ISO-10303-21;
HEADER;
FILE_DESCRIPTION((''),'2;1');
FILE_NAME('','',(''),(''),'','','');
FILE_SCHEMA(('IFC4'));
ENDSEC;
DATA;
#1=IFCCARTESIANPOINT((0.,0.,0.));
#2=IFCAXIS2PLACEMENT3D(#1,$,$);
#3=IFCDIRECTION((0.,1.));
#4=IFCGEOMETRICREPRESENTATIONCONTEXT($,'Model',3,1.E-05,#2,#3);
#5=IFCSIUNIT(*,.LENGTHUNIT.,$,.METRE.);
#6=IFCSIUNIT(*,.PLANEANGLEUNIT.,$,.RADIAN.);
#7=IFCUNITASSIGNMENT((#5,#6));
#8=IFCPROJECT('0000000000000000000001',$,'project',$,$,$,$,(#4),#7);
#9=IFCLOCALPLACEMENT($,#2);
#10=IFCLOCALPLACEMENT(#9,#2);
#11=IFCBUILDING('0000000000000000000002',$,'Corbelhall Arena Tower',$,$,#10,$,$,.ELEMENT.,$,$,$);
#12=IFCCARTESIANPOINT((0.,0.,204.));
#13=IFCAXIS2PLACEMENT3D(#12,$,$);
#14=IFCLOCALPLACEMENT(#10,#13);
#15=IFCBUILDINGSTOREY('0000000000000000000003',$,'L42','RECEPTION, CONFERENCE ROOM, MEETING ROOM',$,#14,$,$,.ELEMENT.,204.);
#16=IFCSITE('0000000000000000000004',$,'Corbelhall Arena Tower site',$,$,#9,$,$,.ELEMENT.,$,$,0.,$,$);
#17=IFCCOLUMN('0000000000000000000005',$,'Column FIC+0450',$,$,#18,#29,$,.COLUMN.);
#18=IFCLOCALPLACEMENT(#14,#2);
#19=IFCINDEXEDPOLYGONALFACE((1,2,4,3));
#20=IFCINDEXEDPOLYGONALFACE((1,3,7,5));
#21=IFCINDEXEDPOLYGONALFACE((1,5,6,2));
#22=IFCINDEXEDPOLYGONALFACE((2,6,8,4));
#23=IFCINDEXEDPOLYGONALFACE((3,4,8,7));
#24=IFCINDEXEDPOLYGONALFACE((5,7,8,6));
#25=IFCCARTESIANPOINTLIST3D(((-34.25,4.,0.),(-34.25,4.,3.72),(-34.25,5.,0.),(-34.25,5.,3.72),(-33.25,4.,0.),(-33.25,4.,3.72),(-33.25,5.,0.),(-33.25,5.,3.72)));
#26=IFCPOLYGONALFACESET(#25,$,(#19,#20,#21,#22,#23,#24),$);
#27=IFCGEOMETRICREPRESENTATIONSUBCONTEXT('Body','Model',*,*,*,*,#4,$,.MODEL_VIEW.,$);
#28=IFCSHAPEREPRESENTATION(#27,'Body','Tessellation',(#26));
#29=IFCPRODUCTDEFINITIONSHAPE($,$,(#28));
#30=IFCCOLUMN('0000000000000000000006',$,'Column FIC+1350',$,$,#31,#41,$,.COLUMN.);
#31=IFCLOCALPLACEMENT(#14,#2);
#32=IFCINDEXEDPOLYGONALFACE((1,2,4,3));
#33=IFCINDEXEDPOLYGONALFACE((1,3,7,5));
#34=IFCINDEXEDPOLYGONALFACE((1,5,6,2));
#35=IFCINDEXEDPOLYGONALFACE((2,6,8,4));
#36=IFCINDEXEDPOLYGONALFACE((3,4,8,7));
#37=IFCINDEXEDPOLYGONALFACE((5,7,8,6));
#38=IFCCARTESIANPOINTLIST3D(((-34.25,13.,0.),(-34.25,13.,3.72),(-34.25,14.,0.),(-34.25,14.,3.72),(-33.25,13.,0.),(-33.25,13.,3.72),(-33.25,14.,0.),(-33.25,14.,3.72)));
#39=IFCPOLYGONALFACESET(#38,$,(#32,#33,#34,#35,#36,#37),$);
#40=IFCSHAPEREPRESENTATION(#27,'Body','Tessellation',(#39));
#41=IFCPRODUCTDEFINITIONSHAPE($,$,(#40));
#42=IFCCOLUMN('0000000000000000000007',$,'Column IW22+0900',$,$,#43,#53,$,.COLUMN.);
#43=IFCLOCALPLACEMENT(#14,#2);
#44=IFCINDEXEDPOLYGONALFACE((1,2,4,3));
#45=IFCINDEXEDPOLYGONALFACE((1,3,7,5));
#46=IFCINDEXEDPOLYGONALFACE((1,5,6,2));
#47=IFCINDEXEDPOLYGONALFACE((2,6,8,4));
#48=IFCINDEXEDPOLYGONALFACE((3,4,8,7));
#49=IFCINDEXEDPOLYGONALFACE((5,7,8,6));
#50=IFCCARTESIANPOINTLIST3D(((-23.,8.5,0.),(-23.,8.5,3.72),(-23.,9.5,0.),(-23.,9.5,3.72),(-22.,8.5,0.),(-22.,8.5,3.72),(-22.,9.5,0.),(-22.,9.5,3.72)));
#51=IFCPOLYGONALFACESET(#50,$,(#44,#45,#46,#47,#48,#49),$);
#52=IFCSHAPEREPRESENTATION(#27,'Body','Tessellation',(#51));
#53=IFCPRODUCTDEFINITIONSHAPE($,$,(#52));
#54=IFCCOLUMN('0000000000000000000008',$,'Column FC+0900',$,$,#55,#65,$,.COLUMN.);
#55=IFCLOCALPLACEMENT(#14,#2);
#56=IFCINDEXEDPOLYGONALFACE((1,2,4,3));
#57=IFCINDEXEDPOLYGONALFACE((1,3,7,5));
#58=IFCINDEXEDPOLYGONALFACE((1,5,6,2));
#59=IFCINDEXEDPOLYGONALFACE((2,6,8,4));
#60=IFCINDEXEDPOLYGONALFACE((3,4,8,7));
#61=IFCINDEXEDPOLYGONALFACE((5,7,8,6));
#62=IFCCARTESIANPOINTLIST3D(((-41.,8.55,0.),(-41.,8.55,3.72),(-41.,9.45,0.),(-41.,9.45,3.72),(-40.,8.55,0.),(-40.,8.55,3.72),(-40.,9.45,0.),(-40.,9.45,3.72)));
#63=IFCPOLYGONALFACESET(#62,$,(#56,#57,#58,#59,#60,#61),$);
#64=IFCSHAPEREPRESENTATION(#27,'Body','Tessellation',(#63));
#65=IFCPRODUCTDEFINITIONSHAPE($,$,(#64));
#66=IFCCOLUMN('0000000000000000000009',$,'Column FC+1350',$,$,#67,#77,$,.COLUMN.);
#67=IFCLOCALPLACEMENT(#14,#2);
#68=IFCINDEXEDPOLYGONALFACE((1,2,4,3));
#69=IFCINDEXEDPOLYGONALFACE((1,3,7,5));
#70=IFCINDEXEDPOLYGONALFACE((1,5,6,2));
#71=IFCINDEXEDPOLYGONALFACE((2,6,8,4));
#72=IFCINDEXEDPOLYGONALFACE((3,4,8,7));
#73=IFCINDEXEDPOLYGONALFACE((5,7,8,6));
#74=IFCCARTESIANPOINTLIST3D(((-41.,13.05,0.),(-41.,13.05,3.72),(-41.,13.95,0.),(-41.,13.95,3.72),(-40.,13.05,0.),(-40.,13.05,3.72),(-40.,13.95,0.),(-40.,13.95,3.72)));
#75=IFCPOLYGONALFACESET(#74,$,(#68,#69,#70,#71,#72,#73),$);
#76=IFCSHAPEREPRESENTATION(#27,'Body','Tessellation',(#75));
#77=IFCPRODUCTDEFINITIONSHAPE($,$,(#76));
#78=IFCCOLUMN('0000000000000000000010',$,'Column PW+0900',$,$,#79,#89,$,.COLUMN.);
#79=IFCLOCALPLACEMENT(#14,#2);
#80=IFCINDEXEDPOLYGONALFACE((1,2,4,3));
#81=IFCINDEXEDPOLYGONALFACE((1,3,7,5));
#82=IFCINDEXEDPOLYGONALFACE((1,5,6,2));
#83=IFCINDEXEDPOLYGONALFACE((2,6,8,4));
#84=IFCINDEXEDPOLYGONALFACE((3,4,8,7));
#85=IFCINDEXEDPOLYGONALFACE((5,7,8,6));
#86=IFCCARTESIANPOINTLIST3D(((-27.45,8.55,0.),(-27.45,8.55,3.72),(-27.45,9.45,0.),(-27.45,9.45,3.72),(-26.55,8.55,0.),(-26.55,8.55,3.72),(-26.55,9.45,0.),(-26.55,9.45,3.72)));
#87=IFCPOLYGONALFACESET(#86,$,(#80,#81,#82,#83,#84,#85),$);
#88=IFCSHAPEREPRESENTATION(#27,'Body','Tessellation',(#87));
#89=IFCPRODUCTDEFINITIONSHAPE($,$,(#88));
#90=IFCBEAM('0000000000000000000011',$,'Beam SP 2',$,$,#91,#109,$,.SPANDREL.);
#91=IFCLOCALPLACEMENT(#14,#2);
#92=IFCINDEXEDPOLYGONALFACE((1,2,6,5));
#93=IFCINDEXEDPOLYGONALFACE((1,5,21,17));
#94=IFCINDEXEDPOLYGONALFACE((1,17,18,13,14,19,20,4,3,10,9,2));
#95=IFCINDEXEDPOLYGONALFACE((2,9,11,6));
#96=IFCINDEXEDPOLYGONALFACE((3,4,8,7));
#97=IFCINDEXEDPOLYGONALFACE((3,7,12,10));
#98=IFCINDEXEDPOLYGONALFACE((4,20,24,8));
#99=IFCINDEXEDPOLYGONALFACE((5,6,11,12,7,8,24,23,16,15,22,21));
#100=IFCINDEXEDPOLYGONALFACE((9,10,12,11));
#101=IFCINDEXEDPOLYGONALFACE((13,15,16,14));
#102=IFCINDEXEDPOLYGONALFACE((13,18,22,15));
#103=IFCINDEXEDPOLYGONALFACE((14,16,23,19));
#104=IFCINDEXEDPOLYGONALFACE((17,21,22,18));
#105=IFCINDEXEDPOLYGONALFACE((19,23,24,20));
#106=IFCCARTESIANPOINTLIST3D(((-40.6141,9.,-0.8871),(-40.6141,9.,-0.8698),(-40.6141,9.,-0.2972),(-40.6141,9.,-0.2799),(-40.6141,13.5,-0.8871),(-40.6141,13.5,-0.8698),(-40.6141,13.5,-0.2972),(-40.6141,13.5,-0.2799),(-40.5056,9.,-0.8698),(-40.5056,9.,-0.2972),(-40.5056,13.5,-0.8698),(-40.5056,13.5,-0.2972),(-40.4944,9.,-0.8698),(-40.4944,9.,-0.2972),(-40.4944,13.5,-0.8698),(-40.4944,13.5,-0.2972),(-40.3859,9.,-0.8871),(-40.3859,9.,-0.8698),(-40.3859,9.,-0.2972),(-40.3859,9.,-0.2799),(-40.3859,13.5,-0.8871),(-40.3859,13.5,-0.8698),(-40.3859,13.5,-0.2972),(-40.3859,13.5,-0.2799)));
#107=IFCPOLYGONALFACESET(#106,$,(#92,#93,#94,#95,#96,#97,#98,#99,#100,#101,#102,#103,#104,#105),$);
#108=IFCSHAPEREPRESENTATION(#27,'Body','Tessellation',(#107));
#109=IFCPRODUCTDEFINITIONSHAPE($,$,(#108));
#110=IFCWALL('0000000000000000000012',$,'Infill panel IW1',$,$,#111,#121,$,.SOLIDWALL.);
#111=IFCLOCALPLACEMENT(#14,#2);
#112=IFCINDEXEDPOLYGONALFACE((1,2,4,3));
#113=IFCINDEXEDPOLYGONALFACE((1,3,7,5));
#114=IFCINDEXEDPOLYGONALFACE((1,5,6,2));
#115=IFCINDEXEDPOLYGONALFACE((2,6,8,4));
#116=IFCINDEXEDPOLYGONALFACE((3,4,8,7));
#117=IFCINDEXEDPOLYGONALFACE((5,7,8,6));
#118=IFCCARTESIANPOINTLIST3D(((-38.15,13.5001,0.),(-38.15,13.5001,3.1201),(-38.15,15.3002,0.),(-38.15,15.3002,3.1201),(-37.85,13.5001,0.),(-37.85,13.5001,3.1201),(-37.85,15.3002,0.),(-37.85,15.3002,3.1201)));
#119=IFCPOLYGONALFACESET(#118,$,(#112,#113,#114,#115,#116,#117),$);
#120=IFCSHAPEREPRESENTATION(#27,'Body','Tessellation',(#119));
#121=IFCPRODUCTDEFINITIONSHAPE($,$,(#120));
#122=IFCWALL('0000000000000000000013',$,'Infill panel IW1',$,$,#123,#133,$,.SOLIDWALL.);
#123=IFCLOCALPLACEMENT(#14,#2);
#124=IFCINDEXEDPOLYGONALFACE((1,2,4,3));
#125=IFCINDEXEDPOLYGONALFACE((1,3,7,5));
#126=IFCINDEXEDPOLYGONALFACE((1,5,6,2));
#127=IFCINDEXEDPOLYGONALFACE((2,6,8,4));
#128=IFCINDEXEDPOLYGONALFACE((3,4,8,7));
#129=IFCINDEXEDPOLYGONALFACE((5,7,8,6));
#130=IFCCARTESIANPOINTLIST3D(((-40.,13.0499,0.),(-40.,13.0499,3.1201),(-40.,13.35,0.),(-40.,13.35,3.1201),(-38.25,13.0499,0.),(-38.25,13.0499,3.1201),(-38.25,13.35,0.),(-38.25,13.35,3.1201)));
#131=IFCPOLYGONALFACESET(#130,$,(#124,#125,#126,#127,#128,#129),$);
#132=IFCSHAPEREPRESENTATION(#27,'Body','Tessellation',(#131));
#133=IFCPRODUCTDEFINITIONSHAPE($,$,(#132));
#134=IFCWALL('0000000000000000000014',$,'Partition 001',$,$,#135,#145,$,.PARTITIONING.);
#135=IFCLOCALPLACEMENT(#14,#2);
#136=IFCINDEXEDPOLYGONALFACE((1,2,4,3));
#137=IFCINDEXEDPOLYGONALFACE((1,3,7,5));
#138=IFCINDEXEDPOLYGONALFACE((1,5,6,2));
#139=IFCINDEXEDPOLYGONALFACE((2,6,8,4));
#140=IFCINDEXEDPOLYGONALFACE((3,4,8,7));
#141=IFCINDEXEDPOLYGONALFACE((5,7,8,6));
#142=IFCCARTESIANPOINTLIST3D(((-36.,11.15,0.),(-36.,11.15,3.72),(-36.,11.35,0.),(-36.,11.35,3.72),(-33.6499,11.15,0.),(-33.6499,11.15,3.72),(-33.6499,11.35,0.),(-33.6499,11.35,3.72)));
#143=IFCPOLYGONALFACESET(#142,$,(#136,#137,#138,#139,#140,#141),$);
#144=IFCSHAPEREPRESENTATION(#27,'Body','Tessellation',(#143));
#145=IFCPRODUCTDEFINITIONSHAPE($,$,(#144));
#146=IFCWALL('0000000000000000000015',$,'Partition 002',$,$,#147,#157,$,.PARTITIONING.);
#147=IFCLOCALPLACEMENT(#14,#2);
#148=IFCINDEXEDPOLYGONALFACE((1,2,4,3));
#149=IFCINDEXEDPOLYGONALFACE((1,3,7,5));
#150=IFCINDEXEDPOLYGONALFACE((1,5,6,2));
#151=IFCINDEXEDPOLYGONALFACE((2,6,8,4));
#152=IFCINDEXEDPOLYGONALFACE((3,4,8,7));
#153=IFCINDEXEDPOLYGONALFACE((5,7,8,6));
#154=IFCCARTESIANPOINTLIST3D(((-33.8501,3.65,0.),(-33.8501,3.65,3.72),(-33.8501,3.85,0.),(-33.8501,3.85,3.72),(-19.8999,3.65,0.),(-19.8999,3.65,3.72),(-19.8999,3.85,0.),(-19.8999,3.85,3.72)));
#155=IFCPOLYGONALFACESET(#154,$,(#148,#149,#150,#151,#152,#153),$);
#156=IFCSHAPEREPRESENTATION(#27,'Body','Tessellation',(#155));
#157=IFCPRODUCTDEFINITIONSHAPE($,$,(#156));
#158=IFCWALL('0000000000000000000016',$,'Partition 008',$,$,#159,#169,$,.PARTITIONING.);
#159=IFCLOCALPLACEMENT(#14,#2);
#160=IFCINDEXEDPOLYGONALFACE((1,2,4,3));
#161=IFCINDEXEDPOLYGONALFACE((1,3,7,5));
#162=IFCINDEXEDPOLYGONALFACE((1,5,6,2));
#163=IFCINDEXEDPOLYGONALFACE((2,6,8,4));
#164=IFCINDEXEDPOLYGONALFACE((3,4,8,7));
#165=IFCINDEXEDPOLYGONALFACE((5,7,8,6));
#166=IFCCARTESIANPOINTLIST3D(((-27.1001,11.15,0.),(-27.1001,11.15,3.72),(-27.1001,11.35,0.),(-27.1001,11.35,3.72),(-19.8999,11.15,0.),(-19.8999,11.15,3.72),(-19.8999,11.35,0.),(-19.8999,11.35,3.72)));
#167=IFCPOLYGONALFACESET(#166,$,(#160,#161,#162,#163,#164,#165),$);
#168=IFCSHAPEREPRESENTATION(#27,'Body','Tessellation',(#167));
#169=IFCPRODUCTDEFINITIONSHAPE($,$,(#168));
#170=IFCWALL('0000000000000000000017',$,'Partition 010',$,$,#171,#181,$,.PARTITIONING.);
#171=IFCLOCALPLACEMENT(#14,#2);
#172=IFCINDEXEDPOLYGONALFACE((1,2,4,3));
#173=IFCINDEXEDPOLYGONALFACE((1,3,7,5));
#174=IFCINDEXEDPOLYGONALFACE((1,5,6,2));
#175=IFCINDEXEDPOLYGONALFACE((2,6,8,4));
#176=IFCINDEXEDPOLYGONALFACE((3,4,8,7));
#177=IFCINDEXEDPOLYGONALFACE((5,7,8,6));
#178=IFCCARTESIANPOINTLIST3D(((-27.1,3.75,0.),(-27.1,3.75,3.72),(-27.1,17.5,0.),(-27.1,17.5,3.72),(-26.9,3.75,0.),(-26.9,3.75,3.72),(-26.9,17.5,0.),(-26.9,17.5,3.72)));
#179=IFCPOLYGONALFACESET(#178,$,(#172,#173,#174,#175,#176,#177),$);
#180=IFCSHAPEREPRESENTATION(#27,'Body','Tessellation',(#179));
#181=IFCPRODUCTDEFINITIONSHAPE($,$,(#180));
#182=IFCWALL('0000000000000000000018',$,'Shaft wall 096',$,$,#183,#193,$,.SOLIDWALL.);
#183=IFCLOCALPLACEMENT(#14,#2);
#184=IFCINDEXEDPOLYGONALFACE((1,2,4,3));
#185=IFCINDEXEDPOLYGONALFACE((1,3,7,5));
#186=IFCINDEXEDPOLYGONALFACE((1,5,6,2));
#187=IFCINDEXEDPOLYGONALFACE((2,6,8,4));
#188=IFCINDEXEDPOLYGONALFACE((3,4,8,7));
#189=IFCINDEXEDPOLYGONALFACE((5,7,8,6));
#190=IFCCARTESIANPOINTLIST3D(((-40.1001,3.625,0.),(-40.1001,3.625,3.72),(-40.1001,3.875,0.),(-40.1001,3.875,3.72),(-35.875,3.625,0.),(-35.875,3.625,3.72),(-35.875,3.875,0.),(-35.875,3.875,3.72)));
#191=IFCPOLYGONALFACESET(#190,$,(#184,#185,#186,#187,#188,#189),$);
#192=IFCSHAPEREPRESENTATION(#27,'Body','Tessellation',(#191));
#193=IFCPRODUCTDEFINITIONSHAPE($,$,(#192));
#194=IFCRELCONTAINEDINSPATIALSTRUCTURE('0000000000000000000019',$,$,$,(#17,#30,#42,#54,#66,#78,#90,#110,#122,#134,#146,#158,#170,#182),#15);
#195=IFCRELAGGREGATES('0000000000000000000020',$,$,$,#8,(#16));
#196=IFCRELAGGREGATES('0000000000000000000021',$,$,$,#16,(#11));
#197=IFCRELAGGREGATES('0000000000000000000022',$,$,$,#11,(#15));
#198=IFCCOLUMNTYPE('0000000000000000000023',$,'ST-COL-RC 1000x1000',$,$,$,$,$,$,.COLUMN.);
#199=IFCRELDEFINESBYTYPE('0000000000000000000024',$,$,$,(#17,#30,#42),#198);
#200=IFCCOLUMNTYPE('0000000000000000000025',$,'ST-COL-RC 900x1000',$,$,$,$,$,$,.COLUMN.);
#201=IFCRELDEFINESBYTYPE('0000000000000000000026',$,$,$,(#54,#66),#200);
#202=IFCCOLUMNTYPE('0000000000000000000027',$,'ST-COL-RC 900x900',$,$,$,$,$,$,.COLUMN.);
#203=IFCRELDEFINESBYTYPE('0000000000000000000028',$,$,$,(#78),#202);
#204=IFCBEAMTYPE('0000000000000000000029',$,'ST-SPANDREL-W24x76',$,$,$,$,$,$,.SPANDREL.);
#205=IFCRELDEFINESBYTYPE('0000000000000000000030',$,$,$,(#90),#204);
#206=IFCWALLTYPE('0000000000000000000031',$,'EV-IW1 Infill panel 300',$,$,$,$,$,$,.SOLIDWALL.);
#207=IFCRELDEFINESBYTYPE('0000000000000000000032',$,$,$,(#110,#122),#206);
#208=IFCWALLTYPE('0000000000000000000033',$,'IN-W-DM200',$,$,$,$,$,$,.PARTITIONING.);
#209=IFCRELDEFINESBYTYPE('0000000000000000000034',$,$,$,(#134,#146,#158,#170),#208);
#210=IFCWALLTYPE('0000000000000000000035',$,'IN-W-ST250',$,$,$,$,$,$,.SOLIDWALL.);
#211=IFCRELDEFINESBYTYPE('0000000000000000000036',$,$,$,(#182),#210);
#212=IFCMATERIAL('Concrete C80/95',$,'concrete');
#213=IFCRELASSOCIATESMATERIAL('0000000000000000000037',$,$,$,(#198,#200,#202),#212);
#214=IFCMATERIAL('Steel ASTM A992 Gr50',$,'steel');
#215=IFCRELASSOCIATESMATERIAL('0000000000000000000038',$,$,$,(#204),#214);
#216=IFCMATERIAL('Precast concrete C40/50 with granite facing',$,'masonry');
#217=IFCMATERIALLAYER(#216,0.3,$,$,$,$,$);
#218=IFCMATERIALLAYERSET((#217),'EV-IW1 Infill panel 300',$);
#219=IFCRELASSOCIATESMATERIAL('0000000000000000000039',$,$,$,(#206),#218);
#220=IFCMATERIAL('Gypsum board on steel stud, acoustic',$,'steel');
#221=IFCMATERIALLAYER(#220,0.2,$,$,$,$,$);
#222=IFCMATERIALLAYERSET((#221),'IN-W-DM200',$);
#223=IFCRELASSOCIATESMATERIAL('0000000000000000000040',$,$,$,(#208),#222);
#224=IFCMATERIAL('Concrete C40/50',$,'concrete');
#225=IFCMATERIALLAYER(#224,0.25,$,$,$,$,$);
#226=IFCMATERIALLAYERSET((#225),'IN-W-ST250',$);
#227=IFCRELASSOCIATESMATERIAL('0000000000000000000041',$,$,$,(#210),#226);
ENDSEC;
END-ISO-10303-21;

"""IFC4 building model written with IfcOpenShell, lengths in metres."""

from ifc_helpers import new_model, si_unit, direction, frame, frame_2d, origin, origin_2d, place, context, subcontext, project, spatial, rectangle, i_section, extrude, material, layer, layer_set, material_profile, profile_set, type_object, element, save


model = new_model("IFC4")

# Units and contexts
model_context = context("Model", 3, precision=1e-05, world=origin(), true_north=direction((0.0, 1.0)))
body_context = subcontext(model_context, "Body", "Model", "MODEL_VIEW")
ifc_project = project(units=[si_unit("LENGTHUNIT", "METRE"), si_unit("PLANEANGLEUNIT", "RADIAN")], contexts=[model_context])

# Site, building, storey
site_placement = place(None, origin())
site = spatial("IfcSite", under=ifc_project, at=site_placement, Name="Corbelhall Arena Tower site", CompositionType="ELEMENT", RefElevation=0.0)
building_placement = place(site_placement, origin())
building = spatial("IfcBuilding", under=site, at=building_placement, Name="Corbelhall Arena Tower", CompositionType="ELEMENT")
storey_placement = place(building_placement, frame((0.0, 0.0, 204.0)))
storey = spatial("IfcBuildingStorey", under=building, at=storey_placement, Name="L42", Description="RECEPTION, CONFERENCE ROOM, MEETING ROOM", CompositionType="ELEMENT", Elevation=204.0)

# Columns
ifc_material_1 = material(Name="Concrete C80/95", Category="concrete")
ifc_material_profile_1 = material_profile(ifc_material_1, rectangle(XDim=1.0, YDim=1.0, at=origin_2d()))
ifc_profile_set_1 = profile_set([ifc_material_profile_1], Name="Concrete C80/95")
column_type_1 = type_object("IfcColumnType", Name="ST-COL-RC 1000x1000", PredefinedType="COLUMN", material=ifc_profile_set_1)
for number, where, z_axis, x_axis, name in (
    (1, (-33.75, 4.5, 0.0), (0.0, 0.0, 1.0), (1.0, 0.0, 0.0), "Column FIC+0450"),
    (2, (-33.75, 13.5, 0.0), (0.0, 0.0, 1.0), (1.0, 0.0, 0.0), "Column FIC+1350"),
    (3, (-22.5, 9.0, 0.0), (0.0, 0.0, 1.0), (1.0, 0.0, 0.0), "Column IW22+0900"),
):
    element("IfcColumn", number, at=place(storey_placement, frame(where, z_axis=z_axis, x_axis=x_axis)), inside=storey, type_object=column_type_1, Name=name, PredefinedType="COLUMN", context=body_context, shape_type="SweptSolid", body=[
        extrude(rectangle(XDim=1.0, YDim=1.0, at=origin_2d()), origin(), (0.0, 0.0, 1.0), 3.72),
    ])
ifc_material_profile_2 = material_profile(ifc_material_1, rectangle(XDim=0.8999, YDim=1.0, at=origin_2d()))
ifc_profile_set_2 = profile_set([ifc_material_profile_2], Name="Concrete C80/95")
column_type_2 = type_object("IfcColumnType", Name="ST-COL-RC 900x1000", PredefinedType="COLUMN", material=ifc_profile_set_2)
for number, where, z_axis, x_axis, name in (
    (4, (-40.5, 9.0, 0.0), (0.0, 0.0, 1.0), (0.0, 1.0, 0.0), "Column FC+0900"),
    (5, (-40.5, 13.5, 0.0), (0.0, 0.0, 1.0), (0.0, 1.0, 0.0), "Column FC+1350"),
):
    element("IfcColumn", number, at=place(storey_placement, frame(where, z_axis=z_axis, x_axis=x_axis)), inside=storey, type_object=column_type_2, Name=name, PredefinedType="COLUMN", context=body_context, shape_type="SweptSolid", body=[
        extrude(rectangle(XDim=0.8999, YDim=1.0, at=origin_2d()), origin(), (0.0, 0.0, 1.0), 3.72),
    ])
ifc_material_profile_3 = material_profile(ifc_material_1, rectangle(XDim=0.8999, YDim=0.8999, at=origin_2d()))
ifc_profile_set_3 = profile_set([ifc_material_profile_3], Name="Concrete C80/95")
column_type_3 = type_object("IfcColumnType", Name="ST-COL-RC 900x900", PredefinedType="COLUMN", material=ifc_profile_set_3)
column_placement = place(storey_placement, frame((-27.0, 9.0, 0.0), z_axis=(0.0, 0.0, 1.0), x_axis=(1.0, 0.0, 0.0)))
element("IfcColumn", 6, at=column_placement, inside=storey, type_object=column_type_3, Name="Column PW+0900", PredefinedType="COLUMN", context=body_context, shape_type="SweptSolid", body=[
    extrude(rectangle(XDim=0.8999, YDim=0.8999, at=origin_2d()), origin(), (0.0, 0.0, 1.0), 3.72),
])

# Beam
ifc_material_2 = material(Name="Steel ASTM A992 Gr50", Category="steel")
ifc_material_profile_4 = material_profile(ifc_material_2, i_section(OverallWidth=0.2283, OverallDepth=0.6072, WebThickness=0.0112, FlangeThickness=0.0173, at=origin_2d()))
ifc_profile_set_4 = profile_set([ifc_material_profile_4], Name="Steel ASTM A992 Gr50")
beam_type = type_object("IfcBeamType", Name="ST-SPANDREL-W24x76", PredefinedType="SPANDREL", material=ifc_profile_set_4)
beam_placement = place(storey_placement, frame((-40.5, 9.0, -0.5835), z_axis=(0.0, 1.0, 0.0), x_axis=(-1.0, 0.0, 0.0)))
element("IfcBeam", 7, at=beam_placement, inside=storey, type_object=beam_type, Name="Beam SP 2", PredefinedType="SPANDREL", context=body_context, shape_type="SweptSolid", body=[
    extrude(i_section(OverallWidth=0.2283, OverallDepth=0.6072, WebThickness=0.0112, FlangeThickness=0.0173, at=origin_2d()), origin(), (0.0, 0.0, 1.0), 4.5),
])

# Walls
ifc_material_3 = material(Name="Precast concrete C40/50 with granite facing", Category="masonry")
ifc_layer_1 = layer(ifc_material_3, 0.3)
ifc_layer_set_1 = layer_set([ifc_layer_1], Name="EV-IW1 Infill panel 300")
wall_type_1 = type_object("IfcWallType", Name="EV-IW1 Infill panel 300", PredefinedType="SOLIDWALL", material=ifc_layer_set_1)
wall_1_placement = place(storey_placement, frame((-38.0, 15.3, 0.0), z_axis=(0.0, 0.0, 1.0), x_axis=(0.0, -1.0, 0.0)))
element("IfcWall", 8, at=wall_1_placement, inside=storey, type_object=wall_type_1, Name="Infill panel IW1", PredefinedType="SOLIDWALL", context=body_context, shape_type="SweptSolid", body=[
    extrude(rectangle(XDim=1.8, YDim=0.3, at=frame_2d((0.8999, 0.0))), origin(), (0.0, 0.0, 1.0), 3.1201),
])
wall_2_placement = place(storey_placement, frame((-40.0, 13.2, 0.0), z_axis=(0.0, 0.0, 1.0), x_axis=(1.0, 0.0, 0.0)))
element("IfcWall", 9, at=wall_2_placement, inside=storey, type_object=wall_type_1, Name="Infill panel IW1", PredefinedType="SOLIDWALL", context=body_context, shape_type="SweptSolid", body=[
    extrude(rectangle(XDim=1.75, YDim=0.3, at=frame_2d((0.875, 0.0))), origin(), (0.0, 0.0, 1.0), 3.1201),
])

# Walls
ifc_material_4 = material(Name="Gypsum board on steel stud, acoustic", Category="steel")
ifc_layer_2 = layer(ifc_material_4, 0.2)
ifc_layer_set_2 = layer_set([ifc_layer_2], Name="IN-W-DM200")
wall_type_2 = type_object("IfcWallType", Name="IN-W-DM200", PredefinedType="PARTITIONING", material=ifc_layer_set_2)
wall_3_placement = place(storey_placement, frame((-36.0, 11.25, 0.0), z_axis=(0.0, 0.0, 1.0), x_axis=(1.0, 0.0, 0.0)))
element("IfcWall", 10, at=wall_3_placement, inside=storey, type_object=wall_type_2, Name="Partition 001", PredefinedType="PARTITIONING", context=body_context, shape_type="SweptSolid", body=[
    extrude(rectangle(XDim=2.3501, YDim=0.2, at=frame_2d((1.175, 0.0))), origin(), (0.0, 0.0, 1.0), 3.72),
])
wall_4_placement = place(storey_placement, frame((-33.8501, 3.75, 0.0), z_axis=(0.0, 0.0, 1.0), x_axis=(1.0, 0.0, 0.0)))
element("IfcWall", 11, at=wall_4_placement, inside=storey, type_object=wall_type_2, Name="Partition 002", PredefinedType="PARTITIONING", context=body_context, shape_type="SweptSolid", body=[
    extrude(rectangle(XDim=13.9502, YDim=0.2, at=frame_2d((6.9751, 0.0))), origin(), (0.0, 0.0, 1.0), 3.72),
])

# Walls
wall_5_placement = place(storey_placement, frame((-27.1001, 11.25, 0.0), z_axis=(0.0, 0.0, 1.0), x_axis=(1.0, 0.0, 0.0)))
element("IfcWall", 12, at=wall_5_placement, inside=storey, type_object=wall_type_2, Name="Partition 008", PredefinedType="PARTITIONING", context=body_context, shape_type="SweptSolid", body=[
    extrude(rectangle(XDim=7.2002, YDim=0.2, at=frame_2d((3.6001, 0.0))), origin(), (0.0, 0.0, 1.0), 3.72),
])
wall_6_placement = place(storey_placement, frame((-27.0, 3.75, 0.0), z_axis=(0.0, 0.0, 1.0), x_axis=(0.0, 1.0, 0.0)))
element("IfcWall", 13, at=wall_6_placement, inside=storey, type_object=wall_type_2, Name="Partition 010", PredefinedType="PARTITIONING", context=body_context, shape_type="SweptSolid", body=[
    extrude(rectangle(XDim=13.75, YDim=0.2, at=frame_2d((6.875, 0.0))), origin(), (0.0, 0.0, 1.0), 3.72),
])

# Wall
ifc_material_5 = material(Name="Concrete C40/50", Category="concrete")
ifc_layer_3 = layer(ifc_material_5, 0.25)
ifc_layer_set_3 = layer_set([ifc_layer_3], Name="IN-W-ST250")
wall_type_3 = type_object("IfcWallType", Name="IN-W-ST250", PredefinedType="SOLIDWALL", material=ifc_layer_set_3)
wall_7_placement = place(storey_placement, frame((-40.1001, 3.75, 0.0), z_axis=(0.0, 0.0, 1.0), x_axis=(1.0, 0.0, 0.0)))
element("IfcWall", 14, at=wall_7_placement, inside=storey, type_object=wall_type_3, Name="Shaft wall 096", PredefinedType="SOLIDWALL", context=body_context, shape_type="SweptSolid", body=[
    extrude(rectangle(XDim=4.2251, YDim=0.25, at=frame_2d((2.1125, 0.0))), origin(), (0.0, 0.0, 1.0), 3.72),
])

save(model, "model.ifc")
